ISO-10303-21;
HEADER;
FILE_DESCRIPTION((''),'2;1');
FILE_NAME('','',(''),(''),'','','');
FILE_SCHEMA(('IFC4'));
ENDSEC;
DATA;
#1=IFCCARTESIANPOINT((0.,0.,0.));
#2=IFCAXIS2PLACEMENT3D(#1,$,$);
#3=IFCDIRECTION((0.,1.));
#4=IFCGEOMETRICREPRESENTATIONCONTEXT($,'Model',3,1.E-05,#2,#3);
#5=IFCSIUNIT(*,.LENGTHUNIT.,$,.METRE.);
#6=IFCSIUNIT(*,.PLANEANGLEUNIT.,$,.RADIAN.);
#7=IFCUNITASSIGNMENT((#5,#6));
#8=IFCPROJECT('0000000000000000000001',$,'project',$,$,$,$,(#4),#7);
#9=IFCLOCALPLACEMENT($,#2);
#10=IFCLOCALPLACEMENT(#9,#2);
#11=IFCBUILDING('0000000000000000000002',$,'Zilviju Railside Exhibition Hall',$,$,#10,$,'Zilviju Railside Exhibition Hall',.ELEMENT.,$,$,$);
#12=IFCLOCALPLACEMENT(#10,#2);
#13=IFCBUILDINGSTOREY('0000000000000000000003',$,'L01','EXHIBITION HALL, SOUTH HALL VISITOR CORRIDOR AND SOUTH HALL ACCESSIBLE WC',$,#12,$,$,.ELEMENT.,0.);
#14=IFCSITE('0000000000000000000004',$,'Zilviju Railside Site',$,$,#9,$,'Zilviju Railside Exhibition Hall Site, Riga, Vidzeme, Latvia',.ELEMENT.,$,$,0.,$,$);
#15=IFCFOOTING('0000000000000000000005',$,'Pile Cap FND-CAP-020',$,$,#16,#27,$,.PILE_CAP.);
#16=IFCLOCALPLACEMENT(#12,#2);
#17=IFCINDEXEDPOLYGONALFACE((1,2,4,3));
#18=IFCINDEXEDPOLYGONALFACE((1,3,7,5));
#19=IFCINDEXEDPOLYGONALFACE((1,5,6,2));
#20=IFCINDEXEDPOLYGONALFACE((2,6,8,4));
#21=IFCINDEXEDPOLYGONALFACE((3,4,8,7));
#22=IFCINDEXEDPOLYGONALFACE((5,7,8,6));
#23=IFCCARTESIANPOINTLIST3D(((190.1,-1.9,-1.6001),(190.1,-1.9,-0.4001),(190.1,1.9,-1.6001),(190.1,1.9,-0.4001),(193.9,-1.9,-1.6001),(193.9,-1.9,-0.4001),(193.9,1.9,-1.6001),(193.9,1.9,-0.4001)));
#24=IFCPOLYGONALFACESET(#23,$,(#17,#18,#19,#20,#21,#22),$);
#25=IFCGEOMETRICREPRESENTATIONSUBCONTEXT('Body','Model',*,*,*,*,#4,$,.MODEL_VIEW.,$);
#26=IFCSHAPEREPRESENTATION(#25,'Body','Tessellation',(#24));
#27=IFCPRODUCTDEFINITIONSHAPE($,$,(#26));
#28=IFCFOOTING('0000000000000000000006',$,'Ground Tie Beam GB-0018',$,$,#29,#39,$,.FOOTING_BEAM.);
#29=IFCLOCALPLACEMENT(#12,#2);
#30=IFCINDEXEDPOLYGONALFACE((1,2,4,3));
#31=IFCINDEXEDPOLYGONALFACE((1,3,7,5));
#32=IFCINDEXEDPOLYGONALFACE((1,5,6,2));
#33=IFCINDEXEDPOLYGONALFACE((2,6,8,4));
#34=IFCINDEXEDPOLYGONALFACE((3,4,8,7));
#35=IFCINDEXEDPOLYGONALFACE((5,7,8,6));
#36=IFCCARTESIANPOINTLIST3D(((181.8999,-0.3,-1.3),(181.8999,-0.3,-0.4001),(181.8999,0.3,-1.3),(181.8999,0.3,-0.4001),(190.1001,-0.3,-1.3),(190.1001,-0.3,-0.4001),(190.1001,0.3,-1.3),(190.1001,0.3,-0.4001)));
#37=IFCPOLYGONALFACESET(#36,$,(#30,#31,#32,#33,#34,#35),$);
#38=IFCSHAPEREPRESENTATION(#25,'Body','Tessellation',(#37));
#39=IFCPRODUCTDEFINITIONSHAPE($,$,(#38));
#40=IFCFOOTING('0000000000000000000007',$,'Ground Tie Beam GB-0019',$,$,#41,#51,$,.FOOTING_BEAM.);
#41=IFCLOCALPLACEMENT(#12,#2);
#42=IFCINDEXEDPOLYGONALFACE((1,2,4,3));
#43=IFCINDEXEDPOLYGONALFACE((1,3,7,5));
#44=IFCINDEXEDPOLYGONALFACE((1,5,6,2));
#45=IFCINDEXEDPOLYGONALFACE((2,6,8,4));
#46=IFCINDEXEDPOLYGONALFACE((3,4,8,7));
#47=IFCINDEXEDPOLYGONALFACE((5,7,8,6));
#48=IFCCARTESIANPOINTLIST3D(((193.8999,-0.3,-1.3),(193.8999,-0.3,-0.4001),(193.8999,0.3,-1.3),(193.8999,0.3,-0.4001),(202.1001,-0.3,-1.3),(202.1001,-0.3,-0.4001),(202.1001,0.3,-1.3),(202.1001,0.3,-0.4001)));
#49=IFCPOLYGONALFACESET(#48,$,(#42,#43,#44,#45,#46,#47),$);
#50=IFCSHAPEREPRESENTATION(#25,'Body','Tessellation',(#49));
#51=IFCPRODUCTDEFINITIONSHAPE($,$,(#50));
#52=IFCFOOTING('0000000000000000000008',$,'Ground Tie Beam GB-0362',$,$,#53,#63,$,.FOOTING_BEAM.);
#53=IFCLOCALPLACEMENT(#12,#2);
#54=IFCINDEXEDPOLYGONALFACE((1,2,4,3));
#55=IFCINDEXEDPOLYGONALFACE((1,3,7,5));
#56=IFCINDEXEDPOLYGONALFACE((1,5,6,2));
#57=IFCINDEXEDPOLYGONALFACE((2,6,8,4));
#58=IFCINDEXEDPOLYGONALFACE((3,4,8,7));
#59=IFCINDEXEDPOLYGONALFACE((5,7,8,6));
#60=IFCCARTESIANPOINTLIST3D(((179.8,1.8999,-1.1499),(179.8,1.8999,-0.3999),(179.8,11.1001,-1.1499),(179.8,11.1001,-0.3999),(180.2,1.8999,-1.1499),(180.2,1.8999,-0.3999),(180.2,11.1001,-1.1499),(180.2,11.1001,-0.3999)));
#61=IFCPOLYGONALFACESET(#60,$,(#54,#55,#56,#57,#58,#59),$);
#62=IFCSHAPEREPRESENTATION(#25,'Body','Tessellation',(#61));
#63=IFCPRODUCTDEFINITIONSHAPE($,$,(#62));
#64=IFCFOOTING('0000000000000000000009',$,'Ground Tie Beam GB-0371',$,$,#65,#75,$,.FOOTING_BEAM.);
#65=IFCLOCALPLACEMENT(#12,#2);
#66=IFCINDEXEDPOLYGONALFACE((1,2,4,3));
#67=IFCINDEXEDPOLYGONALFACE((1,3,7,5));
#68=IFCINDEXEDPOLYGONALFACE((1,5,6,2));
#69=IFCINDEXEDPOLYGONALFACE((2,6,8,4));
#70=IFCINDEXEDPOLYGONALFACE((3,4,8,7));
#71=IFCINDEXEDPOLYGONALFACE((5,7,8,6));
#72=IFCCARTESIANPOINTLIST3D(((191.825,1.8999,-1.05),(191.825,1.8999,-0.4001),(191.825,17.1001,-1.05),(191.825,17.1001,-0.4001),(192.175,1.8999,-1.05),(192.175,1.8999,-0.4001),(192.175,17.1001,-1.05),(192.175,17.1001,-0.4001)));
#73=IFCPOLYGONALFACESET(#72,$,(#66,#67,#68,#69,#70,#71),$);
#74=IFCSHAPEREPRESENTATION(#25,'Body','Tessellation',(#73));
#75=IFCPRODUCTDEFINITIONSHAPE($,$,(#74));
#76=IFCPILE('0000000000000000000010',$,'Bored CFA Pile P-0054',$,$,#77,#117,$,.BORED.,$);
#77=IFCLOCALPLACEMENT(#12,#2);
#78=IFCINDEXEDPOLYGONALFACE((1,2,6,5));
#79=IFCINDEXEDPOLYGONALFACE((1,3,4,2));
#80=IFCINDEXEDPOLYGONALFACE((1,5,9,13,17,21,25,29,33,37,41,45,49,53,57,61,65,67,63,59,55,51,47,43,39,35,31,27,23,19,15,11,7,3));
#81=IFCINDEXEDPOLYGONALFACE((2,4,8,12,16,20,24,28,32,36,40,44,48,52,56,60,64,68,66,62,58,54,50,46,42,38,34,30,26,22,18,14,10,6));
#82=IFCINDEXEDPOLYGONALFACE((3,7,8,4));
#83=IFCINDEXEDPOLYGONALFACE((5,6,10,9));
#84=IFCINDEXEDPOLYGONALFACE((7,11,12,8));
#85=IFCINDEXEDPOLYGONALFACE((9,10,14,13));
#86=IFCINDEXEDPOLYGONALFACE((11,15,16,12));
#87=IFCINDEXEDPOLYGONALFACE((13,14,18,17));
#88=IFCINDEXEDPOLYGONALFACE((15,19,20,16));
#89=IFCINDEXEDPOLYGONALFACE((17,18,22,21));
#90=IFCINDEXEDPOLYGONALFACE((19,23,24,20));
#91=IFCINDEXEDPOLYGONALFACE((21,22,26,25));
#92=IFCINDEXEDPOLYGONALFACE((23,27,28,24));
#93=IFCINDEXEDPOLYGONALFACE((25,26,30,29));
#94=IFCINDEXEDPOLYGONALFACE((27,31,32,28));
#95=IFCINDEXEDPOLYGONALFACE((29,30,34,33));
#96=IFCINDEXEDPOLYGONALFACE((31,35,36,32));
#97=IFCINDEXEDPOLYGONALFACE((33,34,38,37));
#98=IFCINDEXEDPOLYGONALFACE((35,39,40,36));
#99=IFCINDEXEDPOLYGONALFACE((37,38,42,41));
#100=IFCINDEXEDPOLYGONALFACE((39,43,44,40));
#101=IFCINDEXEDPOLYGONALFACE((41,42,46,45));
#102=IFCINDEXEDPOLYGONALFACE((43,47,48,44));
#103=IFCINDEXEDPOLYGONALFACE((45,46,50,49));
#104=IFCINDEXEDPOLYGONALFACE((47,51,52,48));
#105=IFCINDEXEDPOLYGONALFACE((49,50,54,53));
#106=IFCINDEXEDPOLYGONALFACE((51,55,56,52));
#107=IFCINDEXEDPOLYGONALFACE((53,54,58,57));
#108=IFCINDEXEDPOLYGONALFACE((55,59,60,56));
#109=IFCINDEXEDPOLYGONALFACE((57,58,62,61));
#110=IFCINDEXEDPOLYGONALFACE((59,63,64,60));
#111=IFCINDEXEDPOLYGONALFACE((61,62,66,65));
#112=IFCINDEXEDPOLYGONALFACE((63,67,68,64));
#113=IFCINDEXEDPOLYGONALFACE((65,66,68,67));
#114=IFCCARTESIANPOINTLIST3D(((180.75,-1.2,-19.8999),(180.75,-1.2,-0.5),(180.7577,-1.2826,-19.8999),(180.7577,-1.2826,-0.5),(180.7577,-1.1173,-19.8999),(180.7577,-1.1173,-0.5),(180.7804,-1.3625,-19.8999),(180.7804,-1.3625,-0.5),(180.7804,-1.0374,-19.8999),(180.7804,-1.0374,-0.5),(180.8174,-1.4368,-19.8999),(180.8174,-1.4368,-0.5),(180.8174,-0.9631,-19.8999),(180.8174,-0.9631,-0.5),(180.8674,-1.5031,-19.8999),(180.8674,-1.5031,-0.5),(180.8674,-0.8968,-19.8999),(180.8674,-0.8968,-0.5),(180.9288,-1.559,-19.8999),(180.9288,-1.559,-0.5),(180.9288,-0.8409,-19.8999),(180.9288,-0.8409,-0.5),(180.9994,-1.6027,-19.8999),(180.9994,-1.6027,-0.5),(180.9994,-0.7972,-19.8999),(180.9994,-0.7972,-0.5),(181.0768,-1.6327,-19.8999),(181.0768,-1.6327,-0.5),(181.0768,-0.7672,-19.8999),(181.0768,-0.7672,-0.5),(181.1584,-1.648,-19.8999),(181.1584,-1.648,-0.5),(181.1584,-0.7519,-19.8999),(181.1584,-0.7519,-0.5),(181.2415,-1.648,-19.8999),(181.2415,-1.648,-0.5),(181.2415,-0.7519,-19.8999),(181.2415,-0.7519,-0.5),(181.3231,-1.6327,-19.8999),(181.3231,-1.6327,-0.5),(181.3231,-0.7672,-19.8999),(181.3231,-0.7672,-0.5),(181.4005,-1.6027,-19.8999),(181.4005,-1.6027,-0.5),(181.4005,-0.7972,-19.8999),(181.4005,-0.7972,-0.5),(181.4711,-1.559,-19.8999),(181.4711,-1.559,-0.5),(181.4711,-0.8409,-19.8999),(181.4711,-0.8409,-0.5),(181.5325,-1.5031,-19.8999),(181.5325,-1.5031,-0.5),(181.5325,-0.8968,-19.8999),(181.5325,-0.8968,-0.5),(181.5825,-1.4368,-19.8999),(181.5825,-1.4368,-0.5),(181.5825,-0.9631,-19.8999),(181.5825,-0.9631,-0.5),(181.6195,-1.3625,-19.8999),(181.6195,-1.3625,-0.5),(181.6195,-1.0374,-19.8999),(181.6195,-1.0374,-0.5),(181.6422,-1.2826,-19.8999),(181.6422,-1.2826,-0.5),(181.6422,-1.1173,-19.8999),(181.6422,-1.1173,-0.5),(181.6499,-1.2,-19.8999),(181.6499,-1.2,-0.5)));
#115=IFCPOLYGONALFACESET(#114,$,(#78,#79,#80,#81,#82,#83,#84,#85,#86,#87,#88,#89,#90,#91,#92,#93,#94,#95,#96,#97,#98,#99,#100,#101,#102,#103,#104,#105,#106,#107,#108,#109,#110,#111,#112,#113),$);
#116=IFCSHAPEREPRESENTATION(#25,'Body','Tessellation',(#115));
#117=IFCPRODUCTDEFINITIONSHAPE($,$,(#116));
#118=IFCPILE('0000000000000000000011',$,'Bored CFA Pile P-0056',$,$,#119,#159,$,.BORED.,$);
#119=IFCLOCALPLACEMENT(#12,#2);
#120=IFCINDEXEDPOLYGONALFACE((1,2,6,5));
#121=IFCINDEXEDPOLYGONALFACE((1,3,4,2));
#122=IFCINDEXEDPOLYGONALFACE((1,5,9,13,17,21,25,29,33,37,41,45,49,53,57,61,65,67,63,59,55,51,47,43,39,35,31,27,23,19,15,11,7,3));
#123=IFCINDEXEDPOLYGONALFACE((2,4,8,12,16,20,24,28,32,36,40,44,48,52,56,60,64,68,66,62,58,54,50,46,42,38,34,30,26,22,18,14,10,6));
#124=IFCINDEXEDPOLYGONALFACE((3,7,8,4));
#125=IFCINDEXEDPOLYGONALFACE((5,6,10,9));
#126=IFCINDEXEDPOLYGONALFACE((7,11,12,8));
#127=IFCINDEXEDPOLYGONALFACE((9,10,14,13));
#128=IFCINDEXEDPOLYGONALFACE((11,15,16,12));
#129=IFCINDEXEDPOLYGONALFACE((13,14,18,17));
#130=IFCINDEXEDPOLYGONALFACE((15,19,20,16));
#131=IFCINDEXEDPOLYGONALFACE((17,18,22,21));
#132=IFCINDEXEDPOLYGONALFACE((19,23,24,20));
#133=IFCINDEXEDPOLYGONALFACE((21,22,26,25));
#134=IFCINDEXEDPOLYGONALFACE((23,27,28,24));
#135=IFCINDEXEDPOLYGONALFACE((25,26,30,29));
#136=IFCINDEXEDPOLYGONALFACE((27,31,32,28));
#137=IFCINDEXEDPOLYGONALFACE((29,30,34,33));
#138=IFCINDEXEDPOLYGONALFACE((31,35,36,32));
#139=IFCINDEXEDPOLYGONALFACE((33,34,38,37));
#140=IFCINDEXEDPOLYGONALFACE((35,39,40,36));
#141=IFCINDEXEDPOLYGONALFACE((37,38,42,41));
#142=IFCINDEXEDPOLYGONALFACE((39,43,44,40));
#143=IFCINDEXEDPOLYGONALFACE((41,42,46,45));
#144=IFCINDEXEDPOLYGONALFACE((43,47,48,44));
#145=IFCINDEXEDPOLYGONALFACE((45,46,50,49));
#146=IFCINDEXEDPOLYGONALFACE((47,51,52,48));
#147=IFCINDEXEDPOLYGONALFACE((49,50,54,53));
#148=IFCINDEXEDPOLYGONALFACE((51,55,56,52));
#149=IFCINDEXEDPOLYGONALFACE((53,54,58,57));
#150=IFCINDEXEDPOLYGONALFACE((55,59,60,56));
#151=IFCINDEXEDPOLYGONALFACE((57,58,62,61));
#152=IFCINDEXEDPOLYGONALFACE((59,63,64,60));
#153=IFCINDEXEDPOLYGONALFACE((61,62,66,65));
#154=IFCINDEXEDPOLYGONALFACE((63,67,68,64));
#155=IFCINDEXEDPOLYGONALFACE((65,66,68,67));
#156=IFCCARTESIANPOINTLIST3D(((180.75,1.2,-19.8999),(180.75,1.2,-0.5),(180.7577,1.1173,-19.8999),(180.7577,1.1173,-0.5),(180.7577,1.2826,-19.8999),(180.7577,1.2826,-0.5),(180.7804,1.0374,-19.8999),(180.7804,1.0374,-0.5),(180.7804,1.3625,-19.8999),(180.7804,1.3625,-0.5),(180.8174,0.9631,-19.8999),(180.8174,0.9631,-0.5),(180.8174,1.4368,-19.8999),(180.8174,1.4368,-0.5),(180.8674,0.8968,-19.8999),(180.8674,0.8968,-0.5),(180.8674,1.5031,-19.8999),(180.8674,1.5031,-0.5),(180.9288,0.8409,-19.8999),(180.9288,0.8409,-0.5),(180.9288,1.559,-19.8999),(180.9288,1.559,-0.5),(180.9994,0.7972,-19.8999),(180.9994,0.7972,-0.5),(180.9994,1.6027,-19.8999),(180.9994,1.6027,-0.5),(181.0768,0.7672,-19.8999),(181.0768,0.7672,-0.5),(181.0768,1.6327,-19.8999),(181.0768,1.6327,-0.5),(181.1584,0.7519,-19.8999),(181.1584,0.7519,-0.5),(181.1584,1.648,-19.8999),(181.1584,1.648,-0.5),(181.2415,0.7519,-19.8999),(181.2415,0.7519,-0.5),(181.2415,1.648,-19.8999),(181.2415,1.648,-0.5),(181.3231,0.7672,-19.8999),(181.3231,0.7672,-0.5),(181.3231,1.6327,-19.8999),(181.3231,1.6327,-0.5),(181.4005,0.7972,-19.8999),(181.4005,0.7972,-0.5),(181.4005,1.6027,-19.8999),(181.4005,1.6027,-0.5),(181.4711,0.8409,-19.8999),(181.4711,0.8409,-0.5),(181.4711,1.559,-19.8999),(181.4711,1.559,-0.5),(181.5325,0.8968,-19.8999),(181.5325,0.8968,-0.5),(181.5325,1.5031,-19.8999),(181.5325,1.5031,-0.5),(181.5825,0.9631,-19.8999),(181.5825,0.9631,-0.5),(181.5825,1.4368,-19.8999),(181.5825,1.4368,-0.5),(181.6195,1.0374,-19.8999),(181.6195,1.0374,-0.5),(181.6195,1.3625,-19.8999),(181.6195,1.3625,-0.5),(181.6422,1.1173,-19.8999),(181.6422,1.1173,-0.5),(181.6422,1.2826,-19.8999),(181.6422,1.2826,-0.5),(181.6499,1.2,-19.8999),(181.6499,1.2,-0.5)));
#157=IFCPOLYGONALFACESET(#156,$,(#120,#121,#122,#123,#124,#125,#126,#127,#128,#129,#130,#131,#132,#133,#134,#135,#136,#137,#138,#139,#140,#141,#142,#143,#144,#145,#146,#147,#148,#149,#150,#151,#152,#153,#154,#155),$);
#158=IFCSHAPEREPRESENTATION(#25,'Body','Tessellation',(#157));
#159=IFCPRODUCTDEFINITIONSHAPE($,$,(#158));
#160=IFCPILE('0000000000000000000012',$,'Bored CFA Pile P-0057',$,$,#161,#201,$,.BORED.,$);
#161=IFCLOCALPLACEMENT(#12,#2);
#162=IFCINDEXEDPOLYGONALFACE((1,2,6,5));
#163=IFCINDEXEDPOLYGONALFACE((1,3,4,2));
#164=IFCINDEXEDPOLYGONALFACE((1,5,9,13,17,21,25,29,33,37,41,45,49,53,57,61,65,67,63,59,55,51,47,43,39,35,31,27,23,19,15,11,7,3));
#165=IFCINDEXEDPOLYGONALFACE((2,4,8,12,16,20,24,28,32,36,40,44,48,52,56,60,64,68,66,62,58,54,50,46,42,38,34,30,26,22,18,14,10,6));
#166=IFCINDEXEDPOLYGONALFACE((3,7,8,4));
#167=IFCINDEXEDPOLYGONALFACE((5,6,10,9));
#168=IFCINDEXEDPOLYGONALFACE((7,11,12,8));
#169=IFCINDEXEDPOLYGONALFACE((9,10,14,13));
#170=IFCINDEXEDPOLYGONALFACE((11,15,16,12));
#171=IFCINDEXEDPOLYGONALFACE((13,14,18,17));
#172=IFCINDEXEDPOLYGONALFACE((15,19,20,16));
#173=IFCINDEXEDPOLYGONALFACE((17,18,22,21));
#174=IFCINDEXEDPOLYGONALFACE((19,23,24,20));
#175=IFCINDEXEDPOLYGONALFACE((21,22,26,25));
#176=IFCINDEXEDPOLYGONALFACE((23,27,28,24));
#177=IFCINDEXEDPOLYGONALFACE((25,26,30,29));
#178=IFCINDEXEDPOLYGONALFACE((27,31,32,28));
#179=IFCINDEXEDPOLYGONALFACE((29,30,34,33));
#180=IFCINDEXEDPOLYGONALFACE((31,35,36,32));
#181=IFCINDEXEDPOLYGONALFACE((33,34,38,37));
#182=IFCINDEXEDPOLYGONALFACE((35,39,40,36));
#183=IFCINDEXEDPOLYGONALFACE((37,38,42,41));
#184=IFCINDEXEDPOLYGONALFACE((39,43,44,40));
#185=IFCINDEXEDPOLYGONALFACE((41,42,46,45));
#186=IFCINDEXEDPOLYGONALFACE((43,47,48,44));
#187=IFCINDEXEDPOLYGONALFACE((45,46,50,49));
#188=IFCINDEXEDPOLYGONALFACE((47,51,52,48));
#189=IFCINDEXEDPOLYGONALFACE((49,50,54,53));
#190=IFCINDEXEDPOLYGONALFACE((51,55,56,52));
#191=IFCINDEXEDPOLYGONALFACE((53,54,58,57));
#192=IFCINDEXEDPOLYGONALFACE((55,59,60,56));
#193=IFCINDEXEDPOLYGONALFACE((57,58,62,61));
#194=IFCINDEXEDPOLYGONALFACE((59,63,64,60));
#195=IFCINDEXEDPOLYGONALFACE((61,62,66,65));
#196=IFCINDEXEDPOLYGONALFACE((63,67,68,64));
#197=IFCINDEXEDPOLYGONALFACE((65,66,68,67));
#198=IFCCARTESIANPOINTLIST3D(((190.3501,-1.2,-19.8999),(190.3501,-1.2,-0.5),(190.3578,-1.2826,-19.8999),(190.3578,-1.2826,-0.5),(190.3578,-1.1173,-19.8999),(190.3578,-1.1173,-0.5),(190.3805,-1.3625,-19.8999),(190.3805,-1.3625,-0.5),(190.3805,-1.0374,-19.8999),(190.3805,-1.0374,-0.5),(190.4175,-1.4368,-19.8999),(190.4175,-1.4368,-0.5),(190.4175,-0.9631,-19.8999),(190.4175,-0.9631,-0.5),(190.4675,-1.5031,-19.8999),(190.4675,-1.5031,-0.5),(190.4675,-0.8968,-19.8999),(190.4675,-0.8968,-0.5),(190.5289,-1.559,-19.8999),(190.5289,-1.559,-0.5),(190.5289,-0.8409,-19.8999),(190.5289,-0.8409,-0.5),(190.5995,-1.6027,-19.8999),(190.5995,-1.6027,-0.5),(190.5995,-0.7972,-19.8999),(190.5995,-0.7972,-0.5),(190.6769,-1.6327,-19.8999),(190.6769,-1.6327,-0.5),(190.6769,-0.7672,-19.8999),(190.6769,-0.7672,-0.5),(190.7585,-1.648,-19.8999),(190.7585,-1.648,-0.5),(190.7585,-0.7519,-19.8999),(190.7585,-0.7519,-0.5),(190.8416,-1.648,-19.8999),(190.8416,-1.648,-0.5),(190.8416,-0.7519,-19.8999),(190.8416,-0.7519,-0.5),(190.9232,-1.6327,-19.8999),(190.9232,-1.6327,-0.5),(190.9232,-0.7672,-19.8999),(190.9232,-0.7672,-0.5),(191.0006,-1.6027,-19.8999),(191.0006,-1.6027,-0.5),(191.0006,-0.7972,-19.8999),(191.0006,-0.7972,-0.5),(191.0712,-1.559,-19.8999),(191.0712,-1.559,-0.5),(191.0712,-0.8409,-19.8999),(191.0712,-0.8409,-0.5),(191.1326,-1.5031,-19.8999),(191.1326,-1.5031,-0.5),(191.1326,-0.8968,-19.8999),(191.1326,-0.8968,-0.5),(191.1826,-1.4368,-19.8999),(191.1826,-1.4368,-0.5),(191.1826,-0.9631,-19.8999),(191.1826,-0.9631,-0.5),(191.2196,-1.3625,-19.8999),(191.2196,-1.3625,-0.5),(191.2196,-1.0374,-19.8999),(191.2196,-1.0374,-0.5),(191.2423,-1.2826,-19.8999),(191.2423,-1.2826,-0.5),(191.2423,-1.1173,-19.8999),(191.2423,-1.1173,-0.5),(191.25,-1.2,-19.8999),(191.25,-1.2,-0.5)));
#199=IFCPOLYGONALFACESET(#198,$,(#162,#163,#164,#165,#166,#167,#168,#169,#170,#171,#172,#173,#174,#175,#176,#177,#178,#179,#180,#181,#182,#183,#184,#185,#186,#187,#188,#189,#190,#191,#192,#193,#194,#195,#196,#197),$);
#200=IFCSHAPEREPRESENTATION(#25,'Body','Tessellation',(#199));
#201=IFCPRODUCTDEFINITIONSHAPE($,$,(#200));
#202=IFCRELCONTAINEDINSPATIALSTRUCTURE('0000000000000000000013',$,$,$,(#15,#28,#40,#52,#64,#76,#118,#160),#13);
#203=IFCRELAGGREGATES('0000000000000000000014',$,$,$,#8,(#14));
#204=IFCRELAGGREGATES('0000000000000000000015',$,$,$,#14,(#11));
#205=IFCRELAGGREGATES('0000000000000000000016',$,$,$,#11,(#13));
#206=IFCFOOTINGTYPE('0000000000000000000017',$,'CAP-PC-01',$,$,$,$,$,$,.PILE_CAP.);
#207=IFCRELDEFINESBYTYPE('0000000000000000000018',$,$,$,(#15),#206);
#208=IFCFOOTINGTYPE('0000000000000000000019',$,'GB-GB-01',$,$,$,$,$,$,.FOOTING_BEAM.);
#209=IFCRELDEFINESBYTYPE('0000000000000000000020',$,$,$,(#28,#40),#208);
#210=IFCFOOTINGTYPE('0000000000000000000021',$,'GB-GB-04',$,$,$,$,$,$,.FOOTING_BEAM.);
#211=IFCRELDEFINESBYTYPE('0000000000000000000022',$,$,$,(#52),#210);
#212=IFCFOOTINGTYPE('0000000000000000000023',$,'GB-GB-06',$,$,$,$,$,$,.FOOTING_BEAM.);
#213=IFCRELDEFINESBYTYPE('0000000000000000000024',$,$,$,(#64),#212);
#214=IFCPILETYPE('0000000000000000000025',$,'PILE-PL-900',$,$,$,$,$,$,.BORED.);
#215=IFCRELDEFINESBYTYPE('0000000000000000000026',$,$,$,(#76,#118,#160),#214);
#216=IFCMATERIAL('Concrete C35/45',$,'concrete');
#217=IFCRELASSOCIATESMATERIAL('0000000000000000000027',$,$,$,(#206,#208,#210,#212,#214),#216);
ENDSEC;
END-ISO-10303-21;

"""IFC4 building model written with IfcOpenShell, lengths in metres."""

from ifc_helpers import new_model, si_unit, direction, frame, origin, origin_2d, place, context, subcontext, project, spatial, rectangle, circle, extrude, material, material_profile, profile_set, type_object, element, save


model = new_model("IFC4")

# Units and contexts
model_context = context("Model", 3, precision=1e-05, world=origin(), true_north=direction((0.0, 1.0)))
body_context = subcontext(model_context, "Body", "Model", "MODEL_VIEW")
ifc_project = project(units=[si_unit("LENGTHUNIT", "METRE"), si_unit("PLANEANGLEUNIT", "RADIAN")], contexts=[model_context])

# Site, building, storey
site_placement = place(None, origin())
site = spatial("IfcSite", under=ifc_project, at=site_placement, Name="Zilviju Railside Site", LongName="Zilviju Railside Exhibition Hall Site, Riga, Vidzeme, Latvia", CompositionType="ELEMENT", RefElevation=0.0)
building_placement = place(site_placement, origin())
building = spatial("IfcBuilding", under=site, at=building_placement, Name="Zilviju Railside Exhibition Hall", LongName="Zilviju Railside Exhibition Hall", CompositionType="ELEMENT")
storey_placement = place(building_placement, origin())
storey = spatial("IfcBuildingStorey", under=building, at=storey_placement, Name="L01", Description="EXHIBITION HALL, SOUTH HALL VISITOR CORRIDOR AND SOUTH HALL ACCESSIBLE WC", CompositionType="ELEMENT", Elevation=0.0)

# Footings
ifc_material_1 = material(Name="Concrete C35/45", Category="concrete")
footing_type_1 = type_object("IfcFootingType", Name="CAP-PC-01", PredefinedType="PILE_CAP", material=ifc_material_1)
footing_1_placement = place(storey_placement, frame((192.0, 0.0, -1.6001), z_axis=(0.0, 0.0, 1.0), x_axis=(1.0, 0.0, 0.0)))
element("IfcFooting", 1, at=footing_1_placement, inside=storey, type_object=footing_type_1, Name="Pile Cap FND-CAP-020", PredefinedType="PILE_CAP", context=body_context, shape_type="SweptSolid", body=[
    extrude(rectangle(XDim=3.8, YDim=3.8, at=origin_2d()), origin(), (0.0, 0.0, 1.0), 1.2),
])
ifc_material_profile_1 = material_profile(ifc_material_1, rectangle(XDim=0.6001, YDim=0.8999, at=origin_2d()), Name="TIE BEAM 600x900")
ifc_profile_set_1 = profile_set([ifc_material_profile_1], Name="Concrete C35/45")
footing_type_2 = type_object("IfcFootingType", Name="GB-GB-01", PredefinedType="FOOTING_BEAM", material=ifc_profile_set_1)
for number, where, z_axis, x_axis, name in (
    (2, (181.8999, 0.0, -0.8501), (1.0, 0.0, 0.0), (0.0, 1.0, 0.0), "Ground Tie Beam GB-0018"),
    (3, (193.8999, 0.0, -0.8501), (1.0, 0.0, 0.0), (0.0, 1.0, 0.0), "Ground Tie Beam GB-0019"),
):
    element("IfcFooting", number, at=place(storey_placement, frame(where, z_axis=z_axis, x_axis=x_axis)), inside=storey, type_object=footing_type_2, Name=name, PredefinedType="FOOTING_BEAM", context=body_context, shape_type="SweptSolid", body=[
        extrude(rectangle(XDim=0.6001, YDim=0.8999, at=origin_2d()), origin(), (0.0, 0.0, 1.0), 8.2002),
    ])
ifc_material_profile_2 = material_profile(ifc_material_1, rectangle(XDim=0.3999, YDim=0.75, at=origin_2d()), Name="TIE BEAM 400x750")
ifc_profile_set_2 = profile_set([ifc_material_profile_2], Name="Concrete C35/45")
footing_type_3 = type_object("IfcFootingType", Name="GB-GB-04", PredefinedType="FOOTING_BEAM", material=ifc_profile_set_2)
footing_2_placement = place(storey_placement, frame((180.0, 1.8999, -0.7749), z_axis=(0.0, 1.0, 0.0), x_axis=(-1.0, 0.0, 0.0)))
element("IfcFooting", 4, at=footing_2_placement, inside=storey, type_object=footing_type_3, Name="Ground Tie Beam GB-0362", PredefinedType="FOOTING_BEAM", context=body_context, shape_type="SweptSolid", body=[
    extrude(rectangle(XDim=0.3999, YDim=0.75, at=origin_2d()), origin(), (0.0, 0.0, 1.0), 9.2002),
])
ifc_material_profile_3 = material_profile(ifc_material_1, rectangle(XDim=0.3501, YDim=0.6499, at=origin_2d()), Name="TIE BEAM 350x650")
ifc_profile_set_3 = profile_set([ifc_material_profile_3], Name="Concrete C35/45")
footing_type_4 = type_object("IfcFootingType", Name="GB-GB-06", PredefinedType="FOOTING_BEAM", material=ifc_profile_set_3)
footing_3_placement = place(storey_placement, frame((192.0, 1.8999, -0.7251), z_axis=(0.0, 1.0, 0.0), x_axis=(-1.0, 0.0, 0.0)))
element("IfcFooting", 5, at=footing_3_placement, inside=storey, type_object=footing_type_4, Name="Ground Tie Beam GB-0371", PredefinedType="FOOTING_BEAM", context=body_context, shape_type="SweptSolid", body=[
    extrude(rectangle(XDim=0.3501, YDim=0.6499, at=origin_2d()), origin(), (0.0, 0.0, 1.0), 15.2002),
])

# Piles
ifc_material_profile_4 = material_profile(ifc_material_1, circle(Radius=0.45, at=origin_2d()), Name="CFA PILE D900")
ifc_profile_set_4 = profile_set([ifc_material_profile_4], Name="Concrete C35/45")
pile_type = type_object("IfcPileType", Name="PILE-PL-900", PredefinedType="BORED", material=ifc_profile_set_4)
for number, where, z_axis, x_axis, name in (
    (6, (181.2, -1.2, -0.5), (0.0, 0.0, -1.0), (1.0, 0.0, 0.0), "Bored CFA Pile P-0054"),
    (7, (181.2, 1.2, -0.5), (0.0, 0.0, -1.0), (1.0, 0.0, 0.0), "Bored CFA Pile P-0056"),
    (8, (190.8, -1.2, -0.5), (0.0, 0.0, -1.0), (1.0, 0.0, 0.0), "Bored CFA Pile P-0057"),
):
    element("IfcPile", number, at=place(storey_placement, frame(where, z_axis=z_axis, x_axis=x_axis)), inside=storey, type_object=pile_type, Name=name, PredefinedType="BORED", context=body_context, shape_type="SweptSolid", body=[
        extrude(circle(Radius=0.45, at=origin_2d()), origin(), (0.0, 0.0, 1.0), 19.3999),
    ])

save(model, "model.ifc")
